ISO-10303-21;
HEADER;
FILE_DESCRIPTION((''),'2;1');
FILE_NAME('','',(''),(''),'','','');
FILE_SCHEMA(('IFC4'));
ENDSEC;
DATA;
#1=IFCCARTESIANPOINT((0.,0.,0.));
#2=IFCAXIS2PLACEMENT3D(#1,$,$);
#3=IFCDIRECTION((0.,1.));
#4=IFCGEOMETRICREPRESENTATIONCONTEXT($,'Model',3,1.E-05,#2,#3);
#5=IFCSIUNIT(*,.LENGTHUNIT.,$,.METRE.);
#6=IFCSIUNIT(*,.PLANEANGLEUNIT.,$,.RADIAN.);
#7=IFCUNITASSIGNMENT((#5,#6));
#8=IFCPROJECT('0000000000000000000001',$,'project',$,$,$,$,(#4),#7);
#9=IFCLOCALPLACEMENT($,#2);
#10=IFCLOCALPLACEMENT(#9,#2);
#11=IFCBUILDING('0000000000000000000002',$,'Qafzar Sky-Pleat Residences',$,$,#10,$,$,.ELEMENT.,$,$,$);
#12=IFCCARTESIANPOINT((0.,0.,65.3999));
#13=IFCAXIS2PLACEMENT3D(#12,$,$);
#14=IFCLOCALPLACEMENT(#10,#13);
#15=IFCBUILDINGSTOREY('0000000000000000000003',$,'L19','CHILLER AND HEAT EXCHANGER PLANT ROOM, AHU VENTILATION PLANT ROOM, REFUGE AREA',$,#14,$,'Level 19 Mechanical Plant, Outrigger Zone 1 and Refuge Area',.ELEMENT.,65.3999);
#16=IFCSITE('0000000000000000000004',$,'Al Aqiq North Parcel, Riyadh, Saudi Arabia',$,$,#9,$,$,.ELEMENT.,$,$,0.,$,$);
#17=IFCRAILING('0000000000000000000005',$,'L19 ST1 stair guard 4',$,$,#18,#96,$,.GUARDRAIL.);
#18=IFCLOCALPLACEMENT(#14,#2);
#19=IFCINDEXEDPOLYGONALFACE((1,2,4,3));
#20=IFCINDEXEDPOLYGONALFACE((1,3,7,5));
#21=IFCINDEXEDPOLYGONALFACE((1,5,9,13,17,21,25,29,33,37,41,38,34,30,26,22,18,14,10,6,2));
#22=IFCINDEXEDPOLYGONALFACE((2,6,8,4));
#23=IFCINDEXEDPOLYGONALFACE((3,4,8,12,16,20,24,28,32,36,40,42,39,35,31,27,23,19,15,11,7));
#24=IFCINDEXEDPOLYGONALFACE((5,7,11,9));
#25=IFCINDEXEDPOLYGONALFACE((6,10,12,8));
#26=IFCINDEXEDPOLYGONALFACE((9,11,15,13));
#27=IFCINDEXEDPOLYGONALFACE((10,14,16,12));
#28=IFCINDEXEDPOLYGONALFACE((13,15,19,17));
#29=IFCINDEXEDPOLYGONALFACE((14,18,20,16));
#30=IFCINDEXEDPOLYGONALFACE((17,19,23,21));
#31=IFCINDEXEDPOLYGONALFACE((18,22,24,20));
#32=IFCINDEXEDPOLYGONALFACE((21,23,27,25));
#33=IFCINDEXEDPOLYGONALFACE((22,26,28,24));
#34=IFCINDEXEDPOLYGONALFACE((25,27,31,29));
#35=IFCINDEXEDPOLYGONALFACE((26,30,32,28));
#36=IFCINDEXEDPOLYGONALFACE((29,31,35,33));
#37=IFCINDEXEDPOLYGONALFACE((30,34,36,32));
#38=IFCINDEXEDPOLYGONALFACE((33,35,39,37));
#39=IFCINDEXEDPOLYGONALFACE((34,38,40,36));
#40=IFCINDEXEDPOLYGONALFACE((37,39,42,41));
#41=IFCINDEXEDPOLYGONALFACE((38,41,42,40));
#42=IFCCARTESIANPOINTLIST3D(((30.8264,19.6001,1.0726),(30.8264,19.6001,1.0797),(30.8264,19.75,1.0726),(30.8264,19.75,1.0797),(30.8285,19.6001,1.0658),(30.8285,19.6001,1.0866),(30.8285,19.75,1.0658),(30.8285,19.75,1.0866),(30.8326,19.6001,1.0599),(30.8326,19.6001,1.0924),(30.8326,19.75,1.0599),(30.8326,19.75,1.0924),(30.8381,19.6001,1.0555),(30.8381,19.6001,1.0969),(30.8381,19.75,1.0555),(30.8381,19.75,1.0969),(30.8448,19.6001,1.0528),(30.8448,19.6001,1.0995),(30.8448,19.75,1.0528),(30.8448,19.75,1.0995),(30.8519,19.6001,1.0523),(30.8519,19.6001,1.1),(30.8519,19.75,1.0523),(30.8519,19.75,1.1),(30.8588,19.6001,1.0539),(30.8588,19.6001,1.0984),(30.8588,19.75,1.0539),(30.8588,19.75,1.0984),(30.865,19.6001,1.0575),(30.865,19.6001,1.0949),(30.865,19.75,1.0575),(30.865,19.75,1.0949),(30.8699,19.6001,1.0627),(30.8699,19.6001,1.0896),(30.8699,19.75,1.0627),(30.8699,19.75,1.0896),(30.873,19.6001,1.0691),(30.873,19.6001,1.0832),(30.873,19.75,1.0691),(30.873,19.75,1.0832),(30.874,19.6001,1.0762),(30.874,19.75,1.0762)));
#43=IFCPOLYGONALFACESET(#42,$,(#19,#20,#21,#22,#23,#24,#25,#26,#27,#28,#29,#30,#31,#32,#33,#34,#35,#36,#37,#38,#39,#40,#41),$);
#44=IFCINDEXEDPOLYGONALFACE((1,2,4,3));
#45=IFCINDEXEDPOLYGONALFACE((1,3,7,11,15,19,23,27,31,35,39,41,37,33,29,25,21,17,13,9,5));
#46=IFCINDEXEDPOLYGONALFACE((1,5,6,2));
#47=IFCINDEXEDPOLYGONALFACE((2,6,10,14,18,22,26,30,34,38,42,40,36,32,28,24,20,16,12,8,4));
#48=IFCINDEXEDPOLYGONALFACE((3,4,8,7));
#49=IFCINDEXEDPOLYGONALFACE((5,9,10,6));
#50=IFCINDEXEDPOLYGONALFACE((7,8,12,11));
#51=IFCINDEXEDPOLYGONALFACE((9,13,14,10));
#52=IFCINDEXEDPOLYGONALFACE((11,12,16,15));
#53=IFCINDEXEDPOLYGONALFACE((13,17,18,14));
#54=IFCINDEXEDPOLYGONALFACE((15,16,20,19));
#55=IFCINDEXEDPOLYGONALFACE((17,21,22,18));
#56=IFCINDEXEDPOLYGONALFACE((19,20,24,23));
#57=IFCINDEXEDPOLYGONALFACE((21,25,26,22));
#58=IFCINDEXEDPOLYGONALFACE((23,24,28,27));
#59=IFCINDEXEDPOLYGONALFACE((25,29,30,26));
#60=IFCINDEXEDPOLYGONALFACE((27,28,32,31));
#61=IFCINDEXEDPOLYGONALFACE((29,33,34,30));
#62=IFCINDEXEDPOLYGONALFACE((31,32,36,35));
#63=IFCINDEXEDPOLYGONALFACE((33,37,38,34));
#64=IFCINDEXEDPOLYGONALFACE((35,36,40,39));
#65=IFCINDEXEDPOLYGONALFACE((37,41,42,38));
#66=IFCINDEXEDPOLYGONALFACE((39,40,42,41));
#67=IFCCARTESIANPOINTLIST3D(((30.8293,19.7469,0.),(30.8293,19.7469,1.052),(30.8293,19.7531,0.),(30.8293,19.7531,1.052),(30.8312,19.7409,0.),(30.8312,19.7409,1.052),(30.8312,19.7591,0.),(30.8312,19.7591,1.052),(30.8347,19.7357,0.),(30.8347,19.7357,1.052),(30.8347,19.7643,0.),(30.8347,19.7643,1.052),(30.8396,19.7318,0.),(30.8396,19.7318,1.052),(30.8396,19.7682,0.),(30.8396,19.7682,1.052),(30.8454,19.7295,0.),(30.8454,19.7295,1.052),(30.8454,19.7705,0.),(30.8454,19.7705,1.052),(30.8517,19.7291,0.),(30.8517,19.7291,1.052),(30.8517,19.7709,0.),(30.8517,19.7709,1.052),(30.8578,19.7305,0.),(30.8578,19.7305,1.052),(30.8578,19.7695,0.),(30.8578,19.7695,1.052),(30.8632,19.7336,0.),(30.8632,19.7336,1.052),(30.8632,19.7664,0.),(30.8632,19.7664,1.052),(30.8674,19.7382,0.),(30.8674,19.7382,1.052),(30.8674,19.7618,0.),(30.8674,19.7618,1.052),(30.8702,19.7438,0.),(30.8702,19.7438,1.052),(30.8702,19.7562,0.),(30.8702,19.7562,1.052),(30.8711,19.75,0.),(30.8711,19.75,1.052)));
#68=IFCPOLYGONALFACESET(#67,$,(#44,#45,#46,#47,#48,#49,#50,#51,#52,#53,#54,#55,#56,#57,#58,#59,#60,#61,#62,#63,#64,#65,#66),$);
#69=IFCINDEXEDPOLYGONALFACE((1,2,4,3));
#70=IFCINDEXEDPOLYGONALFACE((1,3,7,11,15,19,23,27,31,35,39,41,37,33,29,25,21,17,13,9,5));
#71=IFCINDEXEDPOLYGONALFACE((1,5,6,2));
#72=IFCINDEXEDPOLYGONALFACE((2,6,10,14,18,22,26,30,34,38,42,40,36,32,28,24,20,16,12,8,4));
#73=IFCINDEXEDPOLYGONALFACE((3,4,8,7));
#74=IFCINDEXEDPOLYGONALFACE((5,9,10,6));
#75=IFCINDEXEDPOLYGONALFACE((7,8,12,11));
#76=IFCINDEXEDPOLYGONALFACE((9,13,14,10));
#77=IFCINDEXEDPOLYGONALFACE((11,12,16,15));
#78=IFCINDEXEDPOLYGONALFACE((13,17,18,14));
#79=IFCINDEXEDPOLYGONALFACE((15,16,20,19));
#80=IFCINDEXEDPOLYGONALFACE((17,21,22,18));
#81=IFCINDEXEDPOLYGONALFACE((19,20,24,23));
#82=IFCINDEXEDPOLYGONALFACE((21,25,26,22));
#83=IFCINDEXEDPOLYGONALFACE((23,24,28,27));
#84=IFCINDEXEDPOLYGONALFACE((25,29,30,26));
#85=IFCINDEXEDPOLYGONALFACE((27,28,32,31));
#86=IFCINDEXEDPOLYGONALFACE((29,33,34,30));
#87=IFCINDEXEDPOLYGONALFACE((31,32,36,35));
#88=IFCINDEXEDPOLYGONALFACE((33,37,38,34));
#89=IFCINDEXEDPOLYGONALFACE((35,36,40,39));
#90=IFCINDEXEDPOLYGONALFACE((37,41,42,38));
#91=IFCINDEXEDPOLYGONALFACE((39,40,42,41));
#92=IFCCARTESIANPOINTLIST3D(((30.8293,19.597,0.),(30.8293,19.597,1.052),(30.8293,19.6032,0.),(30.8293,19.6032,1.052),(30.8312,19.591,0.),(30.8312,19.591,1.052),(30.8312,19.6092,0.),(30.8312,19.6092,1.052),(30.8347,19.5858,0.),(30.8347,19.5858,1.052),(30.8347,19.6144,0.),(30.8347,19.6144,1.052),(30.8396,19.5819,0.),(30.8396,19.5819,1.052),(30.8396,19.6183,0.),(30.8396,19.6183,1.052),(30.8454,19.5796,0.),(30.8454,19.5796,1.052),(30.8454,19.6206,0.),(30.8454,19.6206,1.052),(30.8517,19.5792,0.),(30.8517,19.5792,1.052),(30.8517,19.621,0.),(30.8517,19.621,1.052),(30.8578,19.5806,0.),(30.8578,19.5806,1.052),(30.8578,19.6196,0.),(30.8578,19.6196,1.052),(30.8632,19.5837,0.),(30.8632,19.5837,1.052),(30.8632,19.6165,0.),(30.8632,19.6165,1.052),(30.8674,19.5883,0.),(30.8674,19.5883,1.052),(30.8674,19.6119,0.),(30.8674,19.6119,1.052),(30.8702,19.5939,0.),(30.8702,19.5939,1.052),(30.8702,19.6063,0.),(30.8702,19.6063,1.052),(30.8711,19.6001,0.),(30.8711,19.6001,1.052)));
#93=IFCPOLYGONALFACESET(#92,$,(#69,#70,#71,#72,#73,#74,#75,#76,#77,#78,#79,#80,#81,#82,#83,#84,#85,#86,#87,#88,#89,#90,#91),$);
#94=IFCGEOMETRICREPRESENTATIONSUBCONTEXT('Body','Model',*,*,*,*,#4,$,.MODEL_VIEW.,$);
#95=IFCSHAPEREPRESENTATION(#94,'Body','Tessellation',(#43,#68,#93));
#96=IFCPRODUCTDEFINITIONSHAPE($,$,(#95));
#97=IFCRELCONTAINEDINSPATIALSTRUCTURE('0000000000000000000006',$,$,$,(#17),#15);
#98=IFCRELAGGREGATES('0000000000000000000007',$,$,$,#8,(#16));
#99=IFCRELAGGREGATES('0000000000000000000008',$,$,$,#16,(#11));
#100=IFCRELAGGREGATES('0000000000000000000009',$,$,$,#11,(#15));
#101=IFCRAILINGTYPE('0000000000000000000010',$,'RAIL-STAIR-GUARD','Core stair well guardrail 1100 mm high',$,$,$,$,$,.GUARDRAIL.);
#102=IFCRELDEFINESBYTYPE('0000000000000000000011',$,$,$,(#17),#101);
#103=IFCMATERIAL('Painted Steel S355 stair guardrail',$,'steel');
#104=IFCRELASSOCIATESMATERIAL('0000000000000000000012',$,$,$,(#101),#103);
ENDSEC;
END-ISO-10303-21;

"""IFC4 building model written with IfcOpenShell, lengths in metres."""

from ifc_helpers import new_model, si_unit, direction, frame, origin, origin_2d, place, context, subcontext, project, spatial, circle, extrude, source, transform, mapped, material, type_object, element, save


model = new_model("IFC4")

# Units and contexts
model_context = context("Model", 3, precision=1e-05, world=origin(), true_north=direction((0.0, 1.0)))
body_context = subcontext(model_context, "Body", "Model", "MODEL_VIEW")
ifc_project = project(units=[si_unit("LENGTHUNIT", "METRE"), si_unit("PLANEANGLEUNIT", "RADIAN")], contexts=[model_context])

# Site, building, storey
site_placement = place(None, origin())
site = spatial("IfcSite", under=ifc_project, at=site_placement, Name="Al Aqiq North Parcel, Riyadh, Saudi Arabia", CompositionType="ELEMENT", RefElevation=0.0)
building_placement = place(site_placement, origin())
building = spatial("IfcBuilding", under=site, at=building_placement, Name="Qafzar Sky-Pleat Residences", CompositionType="ELEMENT")
storey_placement = place(building_placement, frame((0.0, 0.0, 65.3999)))
storey = spatial("IfcBuildingStorey", under=building, at=storey_placement, Name="L19", Description="CHILLER AND HEAT EXCHANGER PLANT ROOM, AHU VENTILATION PLANT ROOM, REFUGE AREA", LongName="Level 19 Mechanical Plant, Outrigger Zone 1 and Refuge Area", CompositionType="ELEMENT", Elevation=65.3999)

# Railing
ifc_material_1 = material(Name="Painted Steel S355 stair guardrail", Category="steel")
railing_type_1 = type_object("IfcRailingType", Name="RAIL-STAIR-GUARD", Description="Core stair well guardrail 1100 mm high", PredefinedType="GUARDRAIL", material=ifc_material_1)
shared_shape_1 = source(origin(), body_context, "Body", "SweptSolid", [
    extrude(circle(Radius=0.0239, at=origin_2d()), frame((0.0, 0.0, 1.0762), z_axis=(0.0, -1.0, 0.0), x_axis=(1.0, 0.0, 0.0)), (0.0, 0.0, 1.0), 0.1499),
    extrude(circle(Radius=0.021, at=origin_2d()), origin(), (0.0, 0.0, 1.0), 1.052),
    extrude(circle(Radius=0.021, at=origin_2d()), frame((0.0, -0.1499, 0.0)), (0.0, 0.0, 1.0), 1.052),
])
railing_1_placement = place(storey_placement, frame((30.8501, 19.75, 0.0)))
element("IfcRailing", 1, at=railing_1_placement, inside=storey, type_object=railing_type_1, Name="L19 ST1 stair guard 4", PredefinedType="GUARDRAIL", context=body_context, shape_type="MappedRepresentation", body=[
    mapped(shared_shape_1, transform((0.0, 0.0, 0.0), x_axis=(1.0, 0.0, 0.0), y_axis=(0.0, 1.0, 0.0), z_axis=(0.0, 0.0, 1.0), scale=1.0)),
])

save(model, "model.ifc")
